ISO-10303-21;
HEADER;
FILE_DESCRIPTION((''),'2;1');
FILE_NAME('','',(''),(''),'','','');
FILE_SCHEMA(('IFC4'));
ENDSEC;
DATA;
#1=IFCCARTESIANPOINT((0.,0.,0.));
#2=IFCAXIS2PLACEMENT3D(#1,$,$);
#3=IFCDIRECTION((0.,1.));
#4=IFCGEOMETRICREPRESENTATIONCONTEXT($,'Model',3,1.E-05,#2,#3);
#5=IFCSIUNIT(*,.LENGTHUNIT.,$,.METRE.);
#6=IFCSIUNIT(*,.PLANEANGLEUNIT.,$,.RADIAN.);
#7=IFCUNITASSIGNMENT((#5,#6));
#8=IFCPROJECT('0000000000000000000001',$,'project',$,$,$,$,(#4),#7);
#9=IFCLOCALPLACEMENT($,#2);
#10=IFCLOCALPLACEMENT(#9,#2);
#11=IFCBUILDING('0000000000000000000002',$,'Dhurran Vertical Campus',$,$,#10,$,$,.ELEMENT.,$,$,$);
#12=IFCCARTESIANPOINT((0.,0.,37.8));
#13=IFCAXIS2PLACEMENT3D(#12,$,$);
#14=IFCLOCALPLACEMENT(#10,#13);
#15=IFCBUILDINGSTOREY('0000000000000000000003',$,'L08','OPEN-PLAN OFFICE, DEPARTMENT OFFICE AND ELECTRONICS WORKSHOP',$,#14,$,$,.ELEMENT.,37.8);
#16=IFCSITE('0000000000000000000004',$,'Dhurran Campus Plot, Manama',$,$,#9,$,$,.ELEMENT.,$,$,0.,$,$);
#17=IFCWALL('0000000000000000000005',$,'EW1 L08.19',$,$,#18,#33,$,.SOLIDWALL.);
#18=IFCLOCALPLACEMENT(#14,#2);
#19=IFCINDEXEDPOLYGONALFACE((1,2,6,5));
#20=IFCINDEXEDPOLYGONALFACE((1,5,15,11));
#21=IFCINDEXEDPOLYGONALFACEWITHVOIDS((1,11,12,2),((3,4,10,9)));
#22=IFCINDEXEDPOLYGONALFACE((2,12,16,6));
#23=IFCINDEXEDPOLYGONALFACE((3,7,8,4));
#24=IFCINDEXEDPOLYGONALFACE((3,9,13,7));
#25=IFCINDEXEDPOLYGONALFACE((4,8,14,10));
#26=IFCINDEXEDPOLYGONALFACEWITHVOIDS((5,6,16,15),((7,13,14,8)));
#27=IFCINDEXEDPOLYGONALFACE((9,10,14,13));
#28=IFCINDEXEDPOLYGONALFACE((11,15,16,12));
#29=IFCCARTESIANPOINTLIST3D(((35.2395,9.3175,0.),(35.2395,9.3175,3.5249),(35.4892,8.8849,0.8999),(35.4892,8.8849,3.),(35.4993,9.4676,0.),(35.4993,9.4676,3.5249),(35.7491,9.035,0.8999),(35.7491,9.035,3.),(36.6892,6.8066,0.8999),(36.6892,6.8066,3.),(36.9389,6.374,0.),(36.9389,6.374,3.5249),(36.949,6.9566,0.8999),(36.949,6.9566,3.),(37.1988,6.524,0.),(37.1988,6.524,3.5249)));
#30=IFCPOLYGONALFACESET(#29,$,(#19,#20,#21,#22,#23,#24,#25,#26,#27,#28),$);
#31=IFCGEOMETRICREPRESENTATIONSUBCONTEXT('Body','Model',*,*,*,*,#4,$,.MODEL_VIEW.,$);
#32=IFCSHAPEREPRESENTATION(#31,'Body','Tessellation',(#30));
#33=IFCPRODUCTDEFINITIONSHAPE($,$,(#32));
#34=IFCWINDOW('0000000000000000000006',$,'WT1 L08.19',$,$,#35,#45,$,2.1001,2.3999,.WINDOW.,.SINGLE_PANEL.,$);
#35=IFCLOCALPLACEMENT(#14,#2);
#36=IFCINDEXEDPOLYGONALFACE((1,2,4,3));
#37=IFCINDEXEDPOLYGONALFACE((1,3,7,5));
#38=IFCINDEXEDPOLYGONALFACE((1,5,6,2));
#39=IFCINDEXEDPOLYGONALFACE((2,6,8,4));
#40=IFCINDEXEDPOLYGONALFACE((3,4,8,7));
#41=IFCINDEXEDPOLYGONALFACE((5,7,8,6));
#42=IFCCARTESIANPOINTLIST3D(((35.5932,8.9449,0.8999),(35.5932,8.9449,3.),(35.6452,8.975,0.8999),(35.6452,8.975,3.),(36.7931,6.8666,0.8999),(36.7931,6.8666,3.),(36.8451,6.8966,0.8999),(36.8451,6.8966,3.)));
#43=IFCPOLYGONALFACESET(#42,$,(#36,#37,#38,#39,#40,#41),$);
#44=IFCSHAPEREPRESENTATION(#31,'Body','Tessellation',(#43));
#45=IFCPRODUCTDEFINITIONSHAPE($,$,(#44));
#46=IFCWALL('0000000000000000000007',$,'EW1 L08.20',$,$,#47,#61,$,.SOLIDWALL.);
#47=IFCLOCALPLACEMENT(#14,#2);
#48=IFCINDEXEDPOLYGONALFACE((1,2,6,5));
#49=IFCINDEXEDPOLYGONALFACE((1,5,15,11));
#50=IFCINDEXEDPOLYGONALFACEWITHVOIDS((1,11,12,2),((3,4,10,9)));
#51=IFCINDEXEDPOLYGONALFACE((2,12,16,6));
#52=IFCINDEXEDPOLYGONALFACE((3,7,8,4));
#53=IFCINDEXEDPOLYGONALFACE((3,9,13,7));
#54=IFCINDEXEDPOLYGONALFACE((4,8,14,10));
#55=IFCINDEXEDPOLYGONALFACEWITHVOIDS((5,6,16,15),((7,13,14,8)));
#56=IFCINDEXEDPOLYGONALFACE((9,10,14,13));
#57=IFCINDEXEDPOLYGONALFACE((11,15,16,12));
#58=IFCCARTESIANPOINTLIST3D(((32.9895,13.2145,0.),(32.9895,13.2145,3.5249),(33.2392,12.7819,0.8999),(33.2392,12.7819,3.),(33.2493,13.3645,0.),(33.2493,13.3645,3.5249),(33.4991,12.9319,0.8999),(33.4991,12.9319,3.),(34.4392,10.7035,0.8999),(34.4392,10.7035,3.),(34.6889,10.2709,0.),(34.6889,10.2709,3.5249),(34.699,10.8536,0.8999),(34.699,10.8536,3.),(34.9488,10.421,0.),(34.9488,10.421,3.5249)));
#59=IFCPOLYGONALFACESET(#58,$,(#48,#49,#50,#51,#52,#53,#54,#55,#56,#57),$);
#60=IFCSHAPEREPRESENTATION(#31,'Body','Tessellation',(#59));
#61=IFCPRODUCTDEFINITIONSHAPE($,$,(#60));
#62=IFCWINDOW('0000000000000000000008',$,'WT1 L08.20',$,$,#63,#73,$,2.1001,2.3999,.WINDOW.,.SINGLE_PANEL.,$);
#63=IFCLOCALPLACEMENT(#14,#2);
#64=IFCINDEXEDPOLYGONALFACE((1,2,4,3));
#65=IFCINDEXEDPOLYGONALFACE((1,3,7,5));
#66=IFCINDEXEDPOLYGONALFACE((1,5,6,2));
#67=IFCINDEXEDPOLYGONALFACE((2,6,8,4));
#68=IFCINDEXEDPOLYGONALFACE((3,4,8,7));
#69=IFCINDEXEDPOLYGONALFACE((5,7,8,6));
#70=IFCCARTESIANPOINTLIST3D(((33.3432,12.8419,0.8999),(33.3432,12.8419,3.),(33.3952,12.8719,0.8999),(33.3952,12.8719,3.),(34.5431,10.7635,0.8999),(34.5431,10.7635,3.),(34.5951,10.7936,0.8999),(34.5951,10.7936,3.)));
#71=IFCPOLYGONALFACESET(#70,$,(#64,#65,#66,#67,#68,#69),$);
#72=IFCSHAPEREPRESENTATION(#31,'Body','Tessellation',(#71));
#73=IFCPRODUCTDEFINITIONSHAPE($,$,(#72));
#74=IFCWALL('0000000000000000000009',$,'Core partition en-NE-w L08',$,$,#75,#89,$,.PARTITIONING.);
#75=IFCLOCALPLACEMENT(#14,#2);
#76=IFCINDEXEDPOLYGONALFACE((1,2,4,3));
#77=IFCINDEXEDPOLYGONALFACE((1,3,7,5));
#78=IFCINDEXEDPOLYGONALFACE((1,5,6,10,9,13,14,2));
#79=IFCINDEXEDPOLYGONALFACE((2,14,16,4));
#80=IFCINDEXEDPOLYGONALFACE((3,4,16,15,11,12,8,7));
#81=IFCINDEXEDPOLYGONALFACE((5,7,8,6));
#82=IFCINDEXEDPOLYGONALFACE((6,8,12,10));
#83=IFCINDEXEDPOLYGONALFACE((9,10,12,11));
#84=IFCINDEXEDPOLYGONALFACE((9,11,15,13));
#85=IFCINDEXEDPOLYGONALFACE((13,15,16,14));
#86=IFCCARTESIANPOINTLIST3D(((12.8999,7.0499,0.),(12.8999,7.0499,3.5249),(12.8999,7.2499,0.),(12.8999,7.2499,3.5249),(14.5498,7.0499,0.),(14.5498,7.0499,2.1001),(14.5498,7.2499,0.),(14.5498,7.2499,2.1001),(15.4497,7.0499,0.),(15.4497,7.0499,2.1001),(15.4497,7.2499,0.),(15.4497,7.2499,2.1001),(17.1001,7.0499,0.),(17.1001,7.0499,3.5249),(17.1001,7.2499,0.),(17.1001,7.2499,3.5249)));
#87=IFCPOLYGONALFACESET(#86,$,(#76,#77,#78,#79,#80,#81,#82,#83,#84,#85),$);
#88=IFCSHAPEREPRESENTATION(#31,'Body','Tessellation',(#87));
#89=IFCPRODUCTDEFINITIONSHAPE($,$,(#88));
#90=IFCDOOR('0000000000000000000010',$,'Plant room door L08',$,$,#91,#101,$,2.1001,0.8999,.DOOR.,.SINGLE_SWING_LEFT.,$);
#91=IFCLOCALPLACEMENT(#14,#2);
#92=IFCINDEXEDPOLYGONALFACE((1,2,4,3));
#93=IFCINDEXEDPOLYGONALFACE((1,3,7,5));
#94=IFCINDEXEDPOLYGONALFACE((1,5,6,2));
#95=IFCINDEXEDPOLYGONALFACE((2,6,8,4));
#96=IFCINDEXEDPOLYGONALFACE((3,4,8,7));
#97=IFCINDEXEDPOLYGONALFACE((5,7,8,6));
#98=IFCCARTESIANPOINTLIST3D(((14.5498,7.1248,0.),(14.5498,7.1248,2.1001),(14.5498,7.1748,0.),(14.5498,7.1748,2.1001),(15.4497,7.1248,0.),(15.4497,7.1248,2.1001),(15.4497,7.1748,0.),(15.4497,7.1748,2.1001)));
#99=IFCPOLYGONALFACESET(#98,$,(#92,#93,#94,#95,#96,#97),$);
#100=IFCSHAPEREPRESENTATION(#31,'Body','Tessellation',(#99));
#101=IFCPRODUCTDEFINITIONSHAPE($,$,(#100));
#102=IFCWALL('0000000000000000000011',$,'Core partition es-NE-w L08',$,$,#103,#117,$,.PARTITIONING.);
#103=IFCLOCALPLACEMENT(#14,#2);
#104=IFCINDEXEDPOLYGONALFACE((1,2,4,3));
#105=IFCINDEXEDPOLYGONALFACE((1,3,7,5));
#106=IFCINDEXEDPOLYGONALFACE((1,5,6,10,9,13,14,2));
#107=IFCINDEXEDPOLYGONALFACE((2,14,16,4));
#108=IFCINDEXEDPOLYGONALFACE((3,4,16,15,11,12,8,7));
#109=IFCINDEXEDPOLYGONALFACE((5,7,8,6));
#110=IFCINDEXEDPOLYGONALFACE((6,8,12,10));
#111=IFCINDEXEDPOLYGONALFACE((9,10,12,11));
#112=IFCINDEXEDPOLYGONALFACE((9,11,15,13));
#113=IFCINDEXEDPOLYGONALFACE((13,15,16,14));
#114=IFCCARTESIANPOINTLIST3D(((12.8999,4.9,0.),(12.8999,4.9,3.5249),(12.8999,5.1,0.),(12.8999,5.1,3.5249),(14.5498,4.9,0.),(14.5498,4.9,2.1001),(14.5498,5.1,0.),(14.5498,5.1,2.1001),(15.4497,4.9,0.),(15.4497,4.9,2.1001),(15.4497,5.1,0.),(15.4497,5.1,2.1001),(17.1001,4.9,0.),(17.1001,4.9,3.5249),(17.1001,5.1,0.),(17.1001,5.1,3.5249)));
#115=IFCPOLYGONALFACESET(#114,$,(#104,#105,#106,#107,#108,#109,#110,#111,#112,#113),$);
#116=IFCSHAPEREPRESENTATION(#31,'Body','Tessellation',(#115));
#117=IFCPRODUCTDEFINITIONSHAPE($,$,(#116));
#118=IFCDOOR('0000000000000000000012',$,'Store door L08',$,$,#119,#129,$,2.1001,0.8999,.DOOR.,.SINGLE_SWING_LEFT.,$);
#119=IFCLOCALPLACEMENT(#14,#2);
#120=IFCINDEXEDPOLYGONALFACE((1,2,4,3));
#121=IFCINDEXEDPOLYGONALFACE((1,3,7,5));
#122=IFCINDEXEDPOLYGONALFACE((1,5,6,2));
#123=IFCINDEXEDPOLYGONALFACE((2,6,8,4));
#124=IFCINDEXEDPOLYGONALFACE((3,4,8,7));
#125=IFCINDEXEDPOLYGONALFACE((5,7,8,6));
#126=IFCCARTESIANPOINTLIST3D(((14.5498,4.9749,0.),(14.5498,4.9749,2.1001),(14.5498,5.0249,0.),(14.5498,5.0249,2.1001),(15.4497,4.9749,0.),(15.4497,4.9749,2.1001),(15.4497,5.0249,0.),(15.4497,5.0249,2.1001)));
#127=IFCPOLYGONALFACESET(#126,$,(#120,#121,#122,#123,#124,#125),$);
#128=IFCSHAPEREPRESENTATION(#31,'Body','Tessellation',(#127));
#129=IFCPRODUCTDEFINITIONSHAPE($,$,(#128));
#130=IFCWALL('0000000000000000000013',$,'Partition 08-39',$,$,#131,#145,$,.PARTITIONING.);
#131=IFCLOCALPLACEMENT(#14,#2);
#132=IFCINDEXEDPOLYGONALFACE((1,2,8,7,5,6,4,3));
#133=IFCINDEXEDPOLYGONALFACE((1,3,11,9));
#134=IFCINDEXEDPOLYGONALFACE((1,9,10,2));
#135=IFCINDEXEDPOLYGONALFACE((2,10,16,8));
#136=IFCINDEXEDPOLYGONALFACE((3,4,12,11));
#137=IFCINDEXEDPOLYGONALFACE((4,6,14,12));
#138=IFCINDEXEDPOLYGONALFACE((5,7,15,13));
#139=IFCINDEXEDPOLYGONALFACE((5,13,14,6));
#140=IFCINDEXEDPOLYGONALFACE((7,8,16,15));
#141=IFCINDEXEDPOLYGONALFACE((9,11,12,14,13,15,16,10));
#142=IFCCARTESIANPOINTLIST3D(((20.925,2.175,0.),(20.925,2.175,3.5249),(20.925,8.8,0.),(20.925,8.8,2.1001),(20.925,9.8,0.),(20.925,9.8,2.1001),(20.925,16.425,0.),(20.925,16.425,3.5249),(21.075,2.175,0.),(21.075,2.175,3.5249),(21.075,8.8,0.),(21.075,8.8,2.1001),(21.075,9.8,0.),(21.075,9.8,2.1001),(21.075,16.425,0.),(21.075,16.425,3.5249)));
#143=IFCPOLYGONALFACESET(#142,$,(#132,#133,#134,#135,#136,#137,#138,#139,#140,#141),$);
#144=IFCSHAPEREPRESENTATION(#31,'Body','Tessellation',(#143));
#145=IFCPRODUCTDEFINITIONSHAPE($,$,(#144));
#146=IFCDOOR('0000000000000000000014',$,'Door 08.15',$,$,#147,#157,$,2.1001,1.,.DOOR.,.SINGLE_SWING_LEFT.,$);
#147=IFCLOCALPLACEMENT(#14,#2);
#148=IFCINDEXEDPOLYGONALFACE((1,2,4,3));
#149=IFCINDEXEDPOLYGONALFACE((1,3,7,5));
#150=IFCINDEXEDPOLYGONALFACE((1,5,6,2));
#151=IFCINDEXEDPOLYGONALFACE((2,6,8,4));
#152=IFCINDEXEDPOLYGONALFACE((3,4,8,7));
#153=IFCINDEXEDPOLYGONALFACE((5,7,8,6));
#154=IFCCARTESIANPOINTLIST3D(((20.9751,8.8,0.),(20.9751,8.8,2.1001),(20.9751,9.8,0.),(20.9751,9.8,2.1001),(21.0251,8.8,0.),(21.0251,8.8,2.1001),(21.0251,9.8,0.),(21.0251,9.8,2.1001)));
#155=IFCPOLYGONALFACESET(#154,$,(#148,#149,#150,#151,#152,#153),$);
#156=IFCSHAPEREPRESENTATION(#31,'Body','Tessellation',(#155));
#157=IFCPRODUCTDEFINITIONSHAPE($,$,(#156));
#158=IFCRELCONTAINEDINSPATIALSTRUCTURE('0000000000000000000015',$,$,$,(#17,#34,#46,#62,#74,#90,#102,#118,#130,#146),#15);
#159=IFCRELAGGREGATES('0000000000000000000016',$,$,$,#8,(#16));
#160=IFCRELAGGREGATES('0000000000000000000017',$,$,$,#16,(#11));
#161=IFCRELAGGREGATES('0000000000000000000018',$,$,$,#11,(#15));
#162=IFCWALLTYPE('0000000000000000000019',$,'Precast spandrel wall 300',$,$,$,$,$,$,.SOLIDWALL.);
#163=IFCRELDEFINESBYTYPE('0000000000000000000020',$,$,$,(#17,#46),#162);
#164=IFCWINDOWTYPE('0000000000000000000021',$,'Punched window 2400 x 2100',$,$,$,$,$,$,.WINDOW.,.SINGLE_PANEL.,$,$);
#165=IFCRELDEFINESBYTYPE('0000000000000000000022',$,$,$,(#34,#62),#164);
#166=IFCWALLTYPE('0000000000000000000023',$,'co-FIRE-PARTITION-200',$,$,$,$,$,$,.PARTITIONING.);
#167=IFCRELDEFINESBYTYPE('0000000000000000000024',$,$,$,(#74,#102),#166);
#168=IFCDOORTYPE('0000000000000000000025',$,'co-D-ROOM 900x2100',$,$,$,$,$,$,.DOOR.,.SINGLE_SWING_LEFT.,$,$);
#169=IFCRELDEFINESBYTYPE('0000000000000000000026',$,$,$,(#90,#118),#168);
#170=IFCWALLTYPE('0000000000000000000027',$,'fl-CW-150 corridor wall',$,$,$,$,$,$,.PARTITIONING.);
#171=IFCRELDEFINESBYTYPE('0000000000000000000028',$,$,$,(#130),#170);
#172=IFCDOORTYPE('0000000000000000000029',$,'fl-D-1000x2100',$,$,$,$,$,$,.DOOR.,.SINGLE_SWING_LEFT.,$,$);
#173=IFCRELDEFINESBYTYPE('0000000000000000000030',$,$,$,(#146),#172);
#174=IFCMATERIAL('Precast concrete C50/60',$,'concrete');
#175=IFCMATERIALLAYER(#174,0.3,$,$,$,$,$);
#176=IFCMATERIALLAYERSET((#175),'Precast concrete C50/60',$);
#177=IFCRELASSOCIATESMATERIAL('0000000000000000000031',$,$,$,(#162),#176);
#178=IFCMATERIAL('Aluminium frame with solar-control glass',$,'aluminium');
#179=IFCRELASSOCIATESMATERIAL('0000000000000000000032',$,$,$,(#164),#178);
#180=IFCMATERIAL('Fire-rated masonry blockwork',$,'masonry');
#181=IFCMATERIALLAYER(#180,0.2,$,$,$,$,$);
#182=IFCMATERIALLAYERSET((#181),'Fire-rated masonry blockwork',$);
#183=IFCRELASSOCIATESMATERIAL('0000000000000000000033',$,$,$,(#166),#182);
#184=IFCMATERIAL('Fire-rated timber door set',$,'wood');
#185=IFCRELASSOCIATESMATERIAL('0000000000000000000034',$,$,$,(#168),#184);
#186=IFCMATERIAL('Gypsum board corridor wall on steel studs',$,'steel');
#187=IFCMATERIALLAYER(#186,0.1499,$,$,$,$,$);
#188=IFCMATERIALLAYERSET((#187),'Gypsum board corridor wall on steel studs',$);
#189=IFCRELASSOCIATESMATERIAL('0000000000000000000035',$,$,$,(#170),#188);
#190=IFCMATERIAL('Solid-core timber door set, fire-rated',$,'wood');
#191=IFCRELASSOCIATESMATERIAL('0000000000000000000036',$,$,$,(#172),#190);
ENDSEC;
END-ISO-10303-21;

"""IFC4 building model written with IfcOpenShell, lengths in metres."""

from ifc_helpers import new_model, si_unit, direction, frame, frame_2d, origin, place, context, subcontext, project, spatial, rectangle, extrude, material, layer, layer_set, type_object, element, fill, save


model = new_model("IFC4")

# Units and contexts
model_context = context("Model", 3, precision=1e-05, world=origin(), true_north=direction((0.0, 1.0)))
body_context = subcontext(model_context, "Body", "Model", "MODEL_VIEW")
ifc_project = project(units=[si_unit("LENGTHUNIT", "METRE"), si_unit("PLANEANGLEUNIT", "RADIAN")], contexts=[model_context])

# Site, building, storey
site_placement = place(None, origin())
site = spatial("IfcSite", under=ifc_project, at=site_placement, Name="Dhurran Campus Plot, Manama", CompositionType="ELEMENT", RefElevation=0.0)
building_placement = place(site_placement, origin())
building = spatial("IfcBuilding", under=site, at=building_placement, Name="Dhurran Vertical Campus", CompositionType="ELEMENT")
storey_placement = place(building_placement, frame((0.0, 0.0, 37.8)))
storey = spatial("IfcBuildingStorey", under=building, at=storey_placement, Name="L08", Description="OPEN-PLAN OFFICE, DEPARTMENT OFFICE AND ELECTRONICS WORKSHOP", CompositionType="ELEMENT", Elevation=37.8)

# Walls, openings, windows
ifc_material_1 = material(Name="Precast concrete C50/60", Category="concrete")
ifc_layer_1 = layer(ifc_material_1, 0.3)
ifc_layer_set_1 = layer_set([ifc_layer_1], Name="Precast concrete C50/60")
wall_type_1 = type_object("IfcWallType", Name="Precast spandrel wall 300", PredefinedType="SOLIDWALL", material=ifc_layer_set_1)
ifc_material_2 = material(Name="Aluminium frame with solar-control glass", Category="aluminium")
window_type = type_object("IfcWindowType", Name="Punched window 2400 x 2100", PartitioningType="SINGLE_PANEL", PredefinedType="WINDOW", material=ifc_material_2)
wall_1_placement = place(storey_placement, frame((37.0688, 6.449, 0.0), z_axis=(0.0, 0.0, 1.0), x_axis=(-0.499994, 0.866029, 0.0)))
wall_1 = element("IfcWall", 1, at=wall_1_placement, inside=storey, type_object=wall_type_1, Name="EW1 L08.19", PredefinedType="SOLIDWALL", context=body_context, shape_type="SweptSolid", body=[
    extrude(rectangle(XDim=3.3989, YDim=0.3, at=frame_2d((1.6995, 0.0))), origin(), (0.0, 0.0, 1.0), 3.5249),
])
opening_1_placement = place(wall_1_placement, frame((0.4995, 0.0, 0.8999)))
opening_1 = element("IfcOpeningElement", 2, at=opening_1_placement, cuts=wall_1, PredefinedType="OPENING", context=body_context, shape_type="SweptSolid", body=[
    extrude(rectangle(XDim=2.3999, YDim=2.1001, at=frame_2d((1.2, 1.05))), frame((0.0, 0.1599, 0.0), z_axis=(0.0, -1.0, 0.0), x_axis=(1.0, 0.0, 0.0)), (0.0, 0.0, 1.0), 0.3201),
])
window_1_placement = place(opening_1_placement, origin())
window_1 = element("IfcWindow", 3, at=window_1_placement, inside=storey, type_object=window_type, Name="WT1 L08.19", OverallHeight=2.1001, OverallWidth=2.3999, PartitioningType="SINGLE_PANEL", PredefinedType="WINDOW", context=body_context, shape_type="SweptSolid", body=[
    extrude(rectangle(XDim=2.3999, YDim=2.1001, at=frame_2d((1.2, 1.05))), frame((0.0, 0.03, 0.0), z_axis=(0.0, -1.0, 0.0), x_axis=(1.0, 0.0, 0.0)), (0.0, 0.0, 1.0), 0.0601),
])
fill(opening_1, window_1)
wall_2_placement = place(storey_placement, frame((34.8188, 10.3459, 0.0), z_axis=(0.0, 0.0, 1.0), x_axis=(-0.499994, 0.866029, 0.0)))
wall_2 = element("IfcWall", 4, at=wall_2_placement, inside=storey, type_object=wall_type_1, Name="EW1 L08.20", PredefinedType="SOLIDWALL", context=body_context, shape_type="SweptSolid", body=[
    extrude(rectangle(XDim=3.3989, YDim=0.3, at=frame_2d((1.6995, 0.0))), origin(), (0.0, 0.0, 1.0), 3.5249),
])
opening_2_placement = place(wall_2_placement, frame((0.4995, 0.0, 0.8999)))
opening_2 = element("IfcOpeningElement", 5, at=opening_2_placement, cuts=wall_2, PredefinedType="OPENING", context=body_context, shape_type="SweptSolid", body=[
    extrude(rectangle(XDim=2.3999, YDim=2.1001, at=frame_2d((1.2, 1.05))), frame((0.0, 0.1599, 0.0), z_axis=(0.0, -1.0, 0.0), x_axis=(1.0, 0.0, 0.0)), (0.0, 0.0, 1.0), 0.3201),
])
window_2_placement = place(opening_2_placement, origin())
window_2 = element("IfcWindow", 6, at=window_2_placement, inside=storey, type_object=window_type, Name="WT1 L08.20", OverallHeight=2.1001, OverallWidth=2.3999, PartitioningType="SINGLE_PANEL", PredefinedType="WINDOW", context=body_context, shape_type="SweptSolid", body=[
    extrude(rectangle(XDim=2.3999, YDim=2.1001, at=frame_2d((1.2, 1.05))), frame((0.0, 0.03, 0.0), z_axis=(0.0, -1.0, 0.0), x_axis=(1.0, 0.0, 0.0)), (0.0, 0.0, 1.0), 0.0601),
])
fill(opening_2, window_2)

# Walls, openings, doors
ifc_material_3 = material(Name="Fire-rated masonry blockwork", Category="masonry")
ifc_layer_2 = layer(ifc_material_3, 0.2)
ifc_layer_set_2 = layer_set([ifc_layer_2], Name="Fire-rated masonry blockwork")
wall_type_2 = type_object("IfcWallType", Name="co-FIRE-PARTITION-200", PredefinedType="PARTITIONING", material=ifc_layer_set_2)
wall_3_placement = place(storey_placement, frame((12.8999, 7.1499, 0.0), z_axis=(0.0, 0.0, 1.0), x_axis=(1.0, 0.0, 0.0)))
wall_3 = element("IfcWall", 7, at=wall_3_placement, inside=storey, type_object=wall_type_2, Name="Core partition en-NE-w L08", PredefinedType="PARTITIONING", context=body_context, shape_type="SweptSolid", body=[
    extrude(rectangle(XDim=4.2002, YDim=0.2, at=frame_2d((2.1001, 0.0))), origin(), (0.0, 0.0, 1.0), 3.5249),
])
opening_3_placement = place(wall_3_placement, frame((1.6499, 0.0, 0.0)))
opening_3 = element("IfcOpeningElement", 8, at=opening_3_placement, cuts=wall_3, PredefinedType="OPENING", context=body_context, shape_type="SweptSolid", body=[
    extrude(rectangle(XDim=0.8999, YDim=2.1001, at=frame_2d((0.45, 1.05))), frame((0.0, 0.1099, 0.0), z_axis=(0.0, -1.0, 0.0), x_axis=(1.0, 0.0, 0.0)), (0.0, 0.0, 1.0), 0.22),
])
ifc_material_4 = material(Name="Fire-rated timber door set", Category="wood")
door_type_1 = type_object("IfcDoorType", Name="co-D-ROOM 900x2100", OperationType="SINGLE_SWING_LEFT", PredefinedType="DOOR", material=ifc_material_4)
door_1_placement = place(opening_3_placement, origin())
door_1 = element("IfcDoor", 9, at=door_1_placement, inside=storey, type_object=door_type_1, Name="Plant room door L08", OperationType="SINGLE_SWING_LEFT", OverallHeight=2.1001, OverallWidth=0.8999, PredefinedType="DOOR", context=body_context, shape_type="SweptSolid", body=[
    extrude(rectangle(XDim=0.8999, YDim=2.1001, at=frame_2d((0.45, 1.05))), frame((0.0, 0.0249, 0.0), z_axis=(0.0, -1.0, 0.0), x_axis=(1.0, 0.0, 0.0)), (0.0, 0.0, 1.0), 0.05),
])
fill(opening_3, door_1)
wall_4_placement = place(storey_placement, frame((12.8999, 5.0, 0.0), z_axis=(0.0, 0.0, 1.0), x_axis=(1.0, 0.0, 0.0)))
wall_4 = element("IfcWall", 10, at=wall_4_placement, inside=storey, type_object=wall_type_2, Name="Core partition es-NE-w L08", PredefinedType="PARTITIONING", context=body_context, shape_type="SweptSolid", body=[
    extrude(rectangle(XDim=4.2002, YDim=0.2, at=frame_2d((2.1001, 0.0))), origin(), (0.0, 0.0, 1.0), 3.5249),
])
opening_4_placement = place(wall_4_placement, frame((1.6499, 0.0, 0.0)))
opening_4 = element("IfcOpeningElement", 11, at=opening_4_placement, cuts=wall_4, PredefinedType="OPENING", context=body_context, shape_type="SweptSolid", body=[
    extrude(rectangle(XDim=0.8999, YDim=2.1001, at=frame_2d((0.45, 1.05))), frame((0.0, 0.1099, 0.0), z_axis=(0.0, -1.0, 0.0), x_axis=(1.0, 0.0, 0.0)), (0.0, 0.0, 1.0), 0.22),
])
door_2_placement = place(opening_4_placement, origin())
door_2 = element("IfcDoor", 12, at=door_2_placement, inside=storey, type_object=door_type_1, Name="Store door L08", OperationType="SINGLE_SWING_LEFT", OverallHeight=2.1001, OverallWidth=0.8999, PredefinedType="DOOR", context=body_context, shape_type="SweptSolid", body=[
    extrude(rectangle(XDim=0.8999, YDim=2.1001, at=frame_2d((0.45, 1.05))), frame((0.0, 0.0249, 0.0), z_axis=(0.0, -1.0, 0.0), x_axis=(1.0, 0.0, 0.0)), (0.0, 0.0, 1.0), 0.05),
])
fill(opening_4, door_2)
ifc_material_5 = material(Name="Gypsum board corridor wall on steel studs", Category="steel")
ifc_layer_3 = layer(ifc_material_5, 0.1499)
ifc_layer_set_3 = layer_set([ifc_layer_3], Name="Gypsum board corridor wall on steel studs")
wall_type_3 = type_object("IfcWallType", Name="fl-CW-150 corridor wall", PredefinedType="PARTITIONING", material=ifc_layer_set_3)
wall_5_placement = place(storey_placement, frame((21.0, 2.175, 0.0), z_axis=(0.0, 0.0, 1.0), x_axis=(0.0, 1.0, 0.0)))
wall_5 = element("IfcWall", 13, at=wall_5_placement, inside=storey, type_object=wall_type_3, Name="Partition 08-39", PredefinedType="PARTITIONING", context=body_context, shape_type="SweptSolid", body=[
    extrude(rectangle(XDim=14.25, YDim=0.1499, at=frame_2d((7.125, 0.0))), origin(), (0.0, 0.0, 1.0), 3.5249),
])
opening_5_placement = place(wall_5_placement, frame((6.625, 0.0, 0.0)))
opening_5 = element("IfcOpeningElement", 14, at=opening_5_placement, cuts=wall_5, PredefinedType="OPENING", context=body_context, shape_type="SweptSolid", body=[
    extrude(rectangle(XDim=1.0, YDim=2.1001, at=frame_2d((0.5, 1.05))), frame((0.0, 0.085, 0.0), z_axis=(0.0, -1.0, 0.0), x_axis=(1.0, 0.0, 0.0)), (0.0, 0.0, 1.0), 0.1699),
])
ifc_material_6 = material(Name="Solid-core timber door set, fire-rated", Category="wood")
door_type_2 = type_object("IfcDoorType", Name="fl-D-1000x2100", OperationType="SINGLE_SWING_LEFT", PredefinedType="DOOR", material=ifc_material_6)
door_3_placement = place(opening_5_placement, origin())
door_3 = element("IfcDoor", 15, at=door_3_placement, inside=storey, type_object=door_type_2, Name="Door 08.15", OperationType="SINGLE_SWING_LEFT", OverallHeight=2.1001, OverallWidth=1.0, PredefinedType="DOOR", context=body_context, shape_type="SweptSolid", body=[
    extrude(rectangle(XDim=1.0, YDim=2.1001, at=frame_2d((0.5, 1.05))), frame((0.0, 0.0249, 0.0), z_axis=(0.0, -1.0, 0.0), x_axis=(1.0, 0.0, 0.0)), (0.0, 0.0, 1.0), 0.05),
])
fill(opening_5, door_3)

save(model, "model.ifc")
